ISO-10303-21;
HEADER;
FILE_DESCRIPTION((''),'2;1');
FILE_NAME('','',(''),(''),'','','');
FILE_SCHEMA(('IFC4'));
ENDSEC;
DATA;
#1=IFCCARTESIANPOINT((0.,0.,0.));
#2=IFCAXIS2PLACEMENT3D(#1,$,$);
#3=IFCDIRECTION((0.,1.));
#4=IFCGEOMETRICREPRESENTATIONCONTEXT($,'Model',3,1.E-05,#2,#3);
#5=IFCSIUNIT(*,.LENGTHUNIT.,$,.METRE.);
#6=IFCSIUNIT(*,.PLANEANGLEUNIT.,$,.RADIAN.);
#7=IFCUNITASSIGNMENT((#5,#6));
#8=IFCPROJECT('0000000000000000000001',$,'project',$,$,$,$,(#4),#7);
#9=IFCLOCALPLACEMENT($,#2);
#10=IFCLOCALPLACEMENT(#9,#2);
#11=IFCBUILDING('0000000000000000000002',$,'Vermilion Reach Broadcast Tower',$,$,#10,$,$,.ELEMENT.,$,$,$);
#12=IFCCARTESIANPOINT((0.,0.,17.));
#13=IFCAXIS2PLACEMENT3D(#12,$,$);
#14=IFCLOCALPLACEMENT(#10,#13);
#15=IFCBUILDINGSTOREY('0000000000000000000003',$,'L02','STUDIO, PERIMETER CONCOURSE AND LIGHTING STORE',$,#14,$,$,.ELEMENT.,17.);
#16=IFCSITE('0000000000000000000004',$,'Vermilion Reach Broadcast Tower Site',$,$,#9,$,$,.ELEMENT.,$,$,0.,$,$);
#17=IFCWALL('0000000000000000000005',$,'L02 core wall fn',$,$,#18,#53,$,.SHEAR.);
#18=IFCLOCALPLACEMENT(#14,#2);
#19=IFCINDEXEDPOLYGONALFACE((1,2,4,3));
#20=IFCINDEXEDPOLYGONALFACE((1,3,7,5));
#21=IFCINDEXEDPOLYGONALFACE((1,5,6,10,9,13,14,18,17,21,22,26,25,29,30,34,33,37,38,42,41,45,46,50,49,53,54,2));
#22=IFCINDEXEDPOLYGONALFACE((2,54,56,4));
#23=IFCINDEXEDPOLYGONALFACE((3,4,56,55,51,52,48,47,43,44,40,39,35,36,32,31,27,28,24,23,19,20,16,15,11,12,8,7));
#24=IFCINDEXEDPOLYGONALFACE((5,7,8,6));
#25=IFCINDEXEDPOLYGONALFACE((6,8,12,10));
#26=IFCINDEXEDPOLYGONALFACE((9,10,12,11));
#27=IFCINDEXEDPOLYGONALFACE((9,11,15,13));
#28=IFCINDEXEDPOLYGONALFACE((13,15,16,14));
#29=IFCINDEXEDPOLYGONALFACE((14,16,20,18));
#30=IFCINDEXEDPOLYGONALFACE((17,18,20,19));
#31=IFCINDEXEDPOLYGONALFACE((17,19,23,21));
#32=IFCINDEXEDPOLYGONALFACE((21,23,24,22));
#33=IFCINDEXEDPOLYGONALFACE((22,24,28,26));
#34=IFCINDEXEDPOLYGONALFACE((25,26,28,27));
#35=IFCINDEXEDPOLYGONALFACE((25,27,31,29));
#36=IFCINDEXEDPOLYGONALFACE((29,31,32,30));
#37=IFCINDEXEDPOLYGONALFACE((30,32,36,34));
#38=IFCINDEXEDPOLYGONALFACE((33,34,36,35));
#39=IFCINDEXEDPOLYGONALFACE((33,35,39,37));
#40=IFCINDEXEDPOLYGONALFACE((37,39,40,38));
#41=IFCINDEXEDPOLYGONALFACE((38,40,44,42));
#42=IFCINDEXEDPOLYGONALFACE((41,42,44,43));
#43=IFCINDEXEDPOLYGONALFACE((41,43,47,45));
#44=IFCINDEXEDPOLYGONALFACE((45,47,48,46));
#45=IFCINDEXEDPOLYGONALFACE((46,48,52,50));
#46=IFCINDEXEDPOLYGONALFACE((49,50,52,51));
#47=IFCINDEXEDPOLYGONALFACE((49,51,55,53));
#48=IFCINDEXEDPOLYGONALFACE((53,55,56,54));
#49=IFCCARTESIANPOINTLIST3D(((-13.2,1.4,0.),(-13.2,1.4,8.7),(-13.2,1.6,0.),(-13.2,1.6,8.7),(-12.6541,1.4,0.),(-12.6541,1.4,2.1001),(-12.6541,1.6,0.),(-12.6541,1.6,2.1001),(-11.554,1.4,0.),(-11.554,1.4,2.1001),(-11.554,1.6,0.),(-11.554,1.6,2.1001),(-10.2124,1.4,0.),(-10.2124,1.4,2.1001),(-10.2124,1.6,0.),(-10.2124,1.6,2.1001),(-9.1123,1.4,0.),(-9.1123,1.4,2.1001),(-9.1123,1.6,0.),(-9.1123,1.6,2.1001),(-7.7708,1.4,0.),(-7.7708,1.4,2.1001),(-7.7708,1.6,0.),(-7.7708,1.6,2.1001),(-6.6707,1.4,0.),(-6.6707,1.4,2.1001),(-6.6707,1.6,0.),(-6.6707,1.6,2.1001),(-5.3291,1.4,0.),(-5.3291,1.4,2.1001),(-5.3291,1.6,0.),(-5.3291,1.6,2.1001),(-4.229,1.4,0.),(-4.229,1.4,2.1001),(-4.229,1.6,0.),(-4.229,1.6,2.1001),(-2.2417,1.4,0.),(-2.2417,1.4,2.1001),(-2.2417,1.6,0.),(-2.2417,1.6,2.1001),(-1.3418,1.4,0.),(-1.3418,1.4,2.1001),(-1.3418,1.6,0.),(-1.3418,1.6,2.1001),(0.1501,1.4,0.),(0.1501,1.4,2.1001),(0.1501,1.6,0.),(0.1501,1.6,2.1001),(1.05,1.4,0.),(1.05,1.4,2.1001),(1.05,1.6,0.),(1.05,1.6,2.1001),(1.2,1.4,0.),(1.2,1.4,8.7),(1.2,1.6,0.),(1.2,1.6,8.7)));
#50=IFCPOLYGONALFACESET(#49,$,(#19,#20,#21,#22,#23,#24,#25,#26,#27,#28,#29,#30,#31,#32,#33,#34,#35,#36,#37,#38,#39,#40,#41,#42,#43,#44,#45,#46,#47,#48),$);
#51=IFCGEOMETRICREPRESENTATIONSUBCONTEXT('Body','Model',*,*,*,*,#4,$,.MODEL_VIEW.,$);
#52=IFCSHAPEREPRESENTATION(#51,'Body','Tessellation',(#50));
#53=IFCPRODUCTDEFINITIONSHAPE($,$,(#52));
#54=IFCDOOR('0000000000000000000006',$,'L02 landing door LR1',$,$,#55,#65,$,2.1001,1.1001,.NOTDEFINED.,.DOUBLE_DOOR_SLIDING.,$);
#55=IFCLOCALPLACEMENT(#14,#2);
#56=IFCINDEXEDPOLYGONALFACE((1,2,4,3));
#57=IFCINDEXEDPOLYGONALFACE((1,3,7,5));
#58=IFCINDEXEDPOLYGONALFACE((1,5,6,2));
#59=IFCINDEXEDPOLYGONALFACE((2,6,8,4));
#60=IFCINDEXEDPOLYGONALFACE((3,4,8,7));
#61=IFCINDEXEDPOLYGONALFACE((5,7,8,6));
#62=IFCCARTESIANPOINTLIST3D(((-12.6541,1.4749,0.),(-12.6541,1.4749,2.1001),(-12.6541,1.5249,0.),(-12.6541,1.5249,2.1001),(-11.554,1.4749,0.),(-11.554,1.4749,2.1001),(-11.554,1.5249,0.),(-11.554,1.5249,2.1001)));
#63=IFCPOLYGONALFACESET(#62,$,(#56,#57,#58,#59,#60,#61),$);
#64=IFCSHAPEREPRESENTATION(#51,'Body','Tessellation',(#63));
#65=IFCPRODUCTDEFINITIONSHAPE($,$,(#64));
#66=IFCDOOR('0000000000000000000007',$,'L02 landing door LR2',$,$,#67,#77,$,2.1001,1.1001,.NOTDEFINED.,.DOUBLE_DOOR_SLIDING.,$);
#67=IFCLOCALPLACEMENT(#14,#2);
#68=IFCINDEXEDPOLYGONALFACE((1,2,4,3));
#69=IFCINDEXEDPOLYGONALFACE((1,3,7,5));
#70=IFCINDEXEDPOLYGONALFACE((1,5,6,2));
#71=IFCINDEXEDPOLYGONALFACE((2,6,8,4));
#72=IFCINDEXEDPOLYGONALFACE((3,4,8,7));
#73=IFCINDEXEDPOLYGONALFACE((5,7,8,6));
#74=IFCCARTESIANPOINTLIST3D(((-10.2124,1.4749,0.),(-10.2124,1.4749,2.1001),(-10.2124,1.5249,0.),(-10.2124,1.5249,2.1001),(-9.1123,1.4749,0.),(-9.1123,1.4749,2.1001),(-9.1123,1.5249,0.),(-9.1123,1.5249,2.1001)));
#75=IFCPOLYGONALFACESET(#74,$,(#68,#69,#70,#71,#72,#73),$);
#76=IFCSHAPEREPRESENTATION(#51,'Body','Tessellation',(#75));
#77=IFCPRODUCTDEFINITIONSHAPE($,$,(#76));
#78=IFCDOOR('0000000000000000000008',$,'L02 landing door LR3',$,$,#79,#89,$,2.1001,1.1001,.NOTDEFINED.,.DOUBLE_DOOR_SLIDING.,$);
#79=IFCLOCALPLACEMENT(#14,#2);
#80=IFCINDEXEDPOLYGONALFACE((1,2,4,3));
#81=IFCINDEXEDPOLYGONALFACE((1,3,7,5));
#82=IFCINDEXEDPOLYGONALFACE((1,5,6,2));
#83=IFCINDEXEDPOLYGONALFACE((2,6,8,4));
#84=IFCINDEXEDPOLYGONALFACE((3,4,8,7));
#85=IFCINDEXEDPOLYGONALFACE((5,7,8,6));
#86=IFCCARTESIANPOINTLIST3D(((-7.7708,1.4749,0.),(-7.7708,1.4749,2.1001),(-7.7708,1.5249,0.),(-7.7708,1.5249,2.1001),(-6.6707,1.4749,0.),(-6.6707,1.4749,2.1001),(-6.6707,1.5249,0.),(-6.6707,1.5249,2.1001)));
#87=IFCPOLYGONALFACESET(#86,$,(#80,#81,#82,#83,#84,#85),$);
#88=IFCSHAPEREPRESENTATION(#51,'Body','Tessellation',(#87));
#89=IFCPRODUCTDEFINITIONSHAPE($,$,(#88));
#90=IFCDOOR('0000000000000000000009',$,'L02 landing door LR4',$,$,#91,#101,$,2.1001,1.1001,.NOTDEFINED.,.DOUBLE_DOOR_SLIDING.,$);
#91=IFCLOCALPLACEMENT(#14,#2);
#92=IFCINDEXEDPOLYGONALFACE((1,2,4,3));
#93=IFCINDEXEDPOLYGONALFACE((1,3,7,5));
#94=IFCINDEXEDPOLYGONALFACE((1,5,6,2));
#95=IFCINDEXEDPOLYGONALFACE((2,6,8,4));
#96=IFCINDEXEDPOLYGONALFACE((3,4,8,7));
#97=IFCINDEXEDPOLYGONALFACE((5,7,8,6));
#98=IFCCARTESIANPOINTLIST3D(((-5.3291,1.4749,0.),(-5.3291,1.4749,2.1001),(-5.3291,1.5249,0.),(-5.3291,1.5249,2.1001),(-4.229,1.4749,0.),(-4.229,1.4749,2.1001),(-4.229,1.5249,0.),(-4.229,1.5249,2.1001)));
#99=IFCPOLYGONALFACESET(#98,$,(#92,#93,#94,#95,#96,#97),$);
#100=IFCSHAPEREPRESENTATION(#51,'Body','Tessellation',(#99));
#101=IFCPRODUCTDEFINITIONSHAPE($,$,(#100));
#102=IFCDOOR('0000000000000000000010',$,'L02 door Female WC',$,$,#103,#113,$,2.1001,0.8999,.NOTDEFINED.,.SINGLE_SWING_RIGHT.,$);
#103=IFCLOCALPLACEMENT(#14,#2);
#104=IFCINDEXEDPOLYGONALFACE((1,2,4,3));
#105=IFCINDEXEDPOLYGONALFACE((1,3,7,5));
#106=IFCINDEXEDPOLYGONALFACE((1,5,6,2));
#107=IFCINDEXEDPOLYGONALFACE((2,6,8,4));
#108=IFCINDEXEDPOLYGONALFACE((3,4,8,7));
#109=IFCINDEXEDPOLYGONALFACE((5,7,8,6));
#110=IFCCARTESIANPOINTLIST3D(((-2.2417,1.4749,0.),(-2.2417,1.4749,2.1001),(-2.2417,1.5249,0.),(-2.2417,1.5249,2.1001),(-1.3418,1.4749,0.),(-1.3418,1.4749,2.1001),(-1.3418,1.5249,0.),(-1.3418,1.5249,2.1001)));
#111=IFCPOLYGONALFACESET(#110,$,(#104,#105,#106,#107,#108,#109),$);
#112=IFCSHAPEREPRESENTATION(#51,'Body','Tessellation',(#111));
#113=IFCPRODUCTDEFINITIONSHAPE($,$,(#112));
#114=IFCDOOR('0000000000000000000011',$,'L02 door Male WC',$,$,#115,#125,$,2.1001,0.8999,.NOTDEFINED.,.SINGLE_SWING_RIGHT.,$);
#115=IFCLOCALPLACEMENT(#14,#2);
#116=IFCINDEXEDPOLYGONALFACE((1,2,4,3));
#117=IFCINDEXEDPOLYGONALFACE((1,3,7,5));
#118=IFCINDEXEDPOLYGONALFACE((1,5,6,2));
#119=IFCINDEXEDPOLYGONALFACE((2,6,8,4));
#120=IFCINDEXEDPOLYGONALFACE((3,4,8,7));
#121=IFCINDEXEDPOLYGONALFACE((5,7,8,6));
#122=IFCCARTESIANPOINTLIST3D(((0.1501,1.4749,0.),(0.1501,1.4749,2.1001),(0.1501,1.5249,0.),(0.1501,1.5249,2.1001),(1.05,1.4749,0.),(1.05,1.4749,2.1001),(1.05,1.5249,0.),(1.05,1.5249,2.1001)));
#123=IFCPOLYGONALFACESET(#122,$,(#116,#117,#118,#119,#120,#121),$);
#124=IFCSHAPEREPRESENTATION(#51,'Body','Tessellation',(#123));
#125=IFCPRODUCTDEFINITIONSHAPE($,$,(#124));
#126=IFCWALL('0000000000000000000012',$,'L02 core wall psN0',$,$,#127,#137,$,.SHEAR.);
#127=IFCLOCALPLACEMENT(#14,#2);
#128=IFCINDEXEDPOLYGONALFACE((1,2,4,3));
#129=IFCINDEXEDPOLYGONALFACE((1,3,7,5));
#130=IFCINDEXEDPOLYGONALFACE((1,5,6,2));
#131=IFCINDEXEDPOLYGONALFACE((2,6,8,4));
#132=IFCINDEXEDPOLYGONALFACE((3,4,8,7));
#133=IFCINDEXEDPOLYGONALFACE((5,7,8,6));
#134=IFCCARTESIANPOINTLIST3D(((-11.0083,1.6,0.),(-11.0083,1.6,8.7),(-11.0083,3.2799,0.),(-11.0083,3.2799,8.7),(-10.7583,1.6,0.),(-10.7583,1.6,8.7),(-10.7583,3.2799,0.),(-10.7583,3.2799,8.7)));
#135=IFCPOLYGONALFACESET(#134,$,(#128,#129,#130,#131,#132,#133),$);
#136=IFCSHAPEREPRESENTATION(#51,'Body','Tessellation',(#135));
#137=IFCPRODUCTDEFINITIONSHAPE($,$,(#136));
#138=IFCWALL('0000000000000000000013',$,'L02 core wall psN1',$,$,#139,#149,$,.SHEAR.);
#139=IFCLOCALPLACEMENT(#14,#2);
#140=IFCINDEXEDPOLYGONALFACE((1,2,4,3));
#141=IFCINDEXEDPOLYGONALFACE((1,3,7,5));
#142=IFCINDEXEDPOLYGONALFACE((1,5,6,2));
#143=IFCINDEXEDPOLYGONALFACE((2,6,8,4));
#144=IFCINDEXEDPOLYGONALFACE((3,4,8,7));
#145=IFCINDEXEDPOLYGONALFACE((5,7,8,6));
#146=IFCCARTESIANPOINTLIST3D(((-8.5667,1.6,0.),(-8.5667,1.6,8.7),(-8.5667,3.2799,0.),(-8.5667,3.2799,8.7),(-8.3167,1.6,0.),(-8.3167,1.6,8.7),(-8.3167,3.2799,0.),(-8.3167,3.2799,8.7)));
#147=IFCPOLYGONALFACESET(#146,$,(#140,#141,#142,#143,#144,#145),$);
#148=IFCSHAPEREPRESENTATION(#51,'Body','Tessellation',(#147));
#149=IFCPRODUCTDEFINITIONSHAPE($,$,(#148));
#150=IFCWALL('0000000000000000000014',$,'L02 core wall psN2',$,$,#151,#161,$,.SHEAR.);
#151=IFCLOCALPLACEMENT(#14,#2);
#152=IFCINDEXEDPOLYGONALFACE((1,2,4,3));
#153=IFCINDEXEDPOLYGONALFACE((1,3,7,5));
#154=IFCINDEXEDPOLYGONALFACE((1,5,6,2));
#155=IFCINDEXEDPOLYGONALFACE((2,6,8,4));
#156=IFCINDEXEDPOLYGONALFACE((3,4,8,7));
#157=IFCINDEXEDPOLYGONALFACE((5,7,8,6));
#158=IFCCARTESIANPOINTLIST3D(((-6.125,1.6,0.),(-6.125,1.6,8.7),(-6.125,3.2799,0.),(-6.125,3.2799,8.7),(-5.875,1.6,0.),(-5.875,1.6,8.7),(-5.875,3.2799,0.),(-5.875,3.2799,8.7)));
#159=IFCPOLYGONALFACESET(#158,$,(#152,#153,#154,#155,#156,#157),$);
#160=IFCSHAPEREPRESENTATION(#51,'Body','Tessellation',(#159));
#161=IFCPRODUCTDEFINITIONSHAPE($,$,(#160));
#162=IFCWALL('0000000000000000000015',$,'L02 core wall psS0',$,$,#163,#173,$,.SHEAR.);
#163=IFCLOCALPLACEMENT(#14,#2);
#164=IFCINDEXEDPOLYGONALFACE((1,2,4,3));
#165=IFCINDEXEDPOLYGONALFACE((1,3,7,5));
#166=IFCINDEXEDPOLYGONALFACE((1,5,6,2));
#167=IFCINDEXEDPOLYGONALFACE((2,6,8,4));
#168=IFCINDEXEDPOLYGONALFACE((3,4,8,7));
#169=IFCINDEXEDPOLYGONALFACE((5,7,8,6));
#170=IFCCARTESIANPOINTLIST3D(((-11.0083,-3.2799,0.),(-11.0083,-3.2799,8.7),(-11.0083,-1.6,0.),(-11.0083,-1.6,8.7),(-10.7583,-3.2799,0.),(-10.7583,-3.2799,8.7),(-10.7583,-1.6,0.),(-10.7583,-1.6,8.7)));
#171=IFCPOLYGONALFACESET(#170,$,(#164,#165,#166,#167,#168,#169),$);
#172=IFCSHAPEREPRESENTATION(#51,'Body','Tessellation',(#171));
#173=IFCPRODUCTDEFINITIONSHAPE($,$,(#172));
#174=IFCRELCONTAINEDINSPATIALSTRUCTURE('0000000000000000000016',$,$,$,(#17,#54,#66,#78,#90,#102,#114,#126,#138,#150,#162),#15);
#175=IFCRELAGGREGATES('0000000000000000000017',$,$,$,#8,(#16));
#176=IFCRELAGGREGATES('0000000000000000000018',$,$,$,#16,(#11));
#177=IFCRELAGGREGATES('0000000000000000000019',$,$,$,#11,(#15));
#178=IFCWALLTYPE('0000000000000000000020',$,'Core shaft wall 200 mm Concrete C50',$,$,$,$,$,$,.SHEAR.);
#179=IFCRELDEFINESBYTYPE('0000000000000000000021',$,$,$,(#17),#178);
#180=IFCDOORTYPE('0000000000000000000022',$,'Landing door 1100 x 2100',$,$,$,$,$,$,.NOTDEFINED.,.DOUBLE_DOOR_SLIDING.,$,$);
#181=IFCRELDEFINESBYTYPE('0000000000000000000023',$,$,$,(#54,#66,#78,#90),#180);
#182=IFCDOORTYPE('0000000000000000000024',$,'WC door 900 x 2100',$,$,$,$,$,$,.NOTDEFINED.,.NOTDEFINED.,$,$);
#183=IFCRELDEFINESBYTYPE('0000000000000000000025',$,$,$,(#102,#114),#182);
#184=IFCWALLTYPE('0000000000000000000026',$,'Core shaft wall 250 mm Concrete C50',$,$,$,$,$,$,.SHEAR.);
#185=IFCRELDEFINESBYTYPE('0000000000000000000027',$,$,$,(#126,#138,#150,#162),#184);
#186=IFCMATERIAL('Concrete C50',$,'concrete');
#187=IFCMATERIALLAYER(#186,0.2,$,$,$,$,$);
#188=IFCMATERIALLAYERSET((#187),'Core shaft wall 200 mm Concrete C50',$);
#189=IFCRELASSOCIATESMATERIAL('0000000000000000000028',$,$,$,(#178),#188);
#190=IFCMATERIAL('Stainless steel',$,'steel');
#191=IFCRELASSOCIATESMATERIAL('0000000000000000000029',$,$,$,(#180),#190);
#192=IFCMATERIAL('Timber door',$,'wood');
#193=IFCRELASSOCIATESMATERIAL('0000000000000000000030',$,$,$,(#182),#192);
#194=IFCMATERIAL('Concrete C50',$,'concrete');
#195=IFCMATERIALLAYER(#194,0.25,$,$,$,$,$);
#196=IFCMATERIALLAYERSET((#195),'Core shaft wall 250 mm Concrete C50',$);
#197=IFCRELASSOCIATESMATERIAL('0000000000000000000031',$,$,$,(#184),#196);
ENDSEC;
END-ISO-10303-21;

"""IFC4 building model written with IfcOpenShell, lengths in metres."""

from ifc_helpers import new_model, si_unit, direction, frame, frame_2d, origin, place, context, subcontext, project, spatial, rectangle, extrude, material, layer, layer_set, type_object, element, fill, save


model = new_model("IFC4")

# Units and contexts
model_context = context("Model", 3, precision=1e-05, world=origin(), true_north=direction((0.0, 1.0)))
body_context = subcontext(model_context, "Body", "Model", "MODEL_VIEW")
ifc_project = project(units=[si_unit("LENGTHUNIT", "METRE"), si_unit("PLANEANGLEUNIT", "RADIAN")], contexts=[model_context])

# Site, building, storey
site_placement = place(None, origin())
site = spatial("IfcSite", under=ifc_project, at=site_placement, Name="Vermilion Reach Broadcast Tower Site", CompositionType="ELEMENT", RefElevation=0.0)
building_placement = place(site_placement, origin())
building = spatial("IfcBuilding", under=site, at=building_placement, Name="Vermilion Reach Broadcast Tower", CompositionType="ELEMENT")
storey_placement = place(building_placement, frame((0.0, 0.0, 17.0)))
storey = spatial("IfcBuildingStorey", under=building, at=storey_placement, Name="L02", Description="STUDIO, PERIMETER CONCOURSE AND LIGHTING STORE", CompositionType="ELEMENT", Elevation=17.0)

# Wall, openings, doors
ifc_material_1 = material(Name="Concrete C50", Category="concrete")
ifc_layer_1 = layer(ifc_material_1, 0.2)
ifc_layer_set_1 = layer_set([ifc_layer_1], Name="Core shaft wall 200 mm Concrete C50")
wall_type_1 = type_object("IfcWallType", Name="Core shaft wall 200 mm Concrete C50", PredefinedType="SHEAR", material=ifc_layer_set_1)
wall_1_placement = place(storey_placement, frame((-13.2, 1.5, 0.0), z_axis=(0.0, 0.0, 1.0), x_axis=(1.0, 0.0, 0.0)))
wall_1 = element("IfcWall", 1, at=wall_1_placement, inside=storey, type_object=wall_type_1, Name="L02 core wall fn", PredefinedType="SHEAR", context=body_context, shape_type="SweptSolid", body=[
    extrude(rectangle(XDim=14.3999, YDim=0.2, at=frame_2d((7.2, 0.0))), origin(), (0.0, 0.0, 1.0), 8.7),
])
opening_1_placement = place(wall_1_placement, frame((0.5459, 0.0, 0.0)))
opening_1 = element("IfcOpeningElement", 2, at=opening_1_placement, cuts=wall_1, PredefinedType="OPENING", context=body_context, shape_type="SweptSolid", body=[
    extrude(rectangle(XDim=1.1001, YDim=2.1001, at=frame_2d((0.55, 1.05))), frame((0.0, 0.1099, 0.0), z_axis=(0.0, -1.0, 0.0), x_axis=(1.0, 0.0, 0.0)), (0.0, 0.0, 1.0), 0.22),
])
opening_2_placement = place(wall_1_placement, frame((2.9875, 0.0, 0.0)))
opening_2 = element("IfcOpeningElement", 3, at=opening_2_placement, cuts=wall_1, PredefinedType="OPENING", context=body_context, shape_type="SweptSolid", body=[
    extrude(rectangle(XDim=1.1001, YDim=2.1001, at=frame_2d((0.55, 1.05))), frame((0.0, 0.1099, 0.0), z_axis=(0.0, -1.0, 0.0), x_axis=(1.0, 0.0, 0.0)), (0.0, 0.0, 1.0), 0.22),
])
opening_3_placement = place(wall_1_placement, frame((5.4292, 0.0, 0.0)))
opening_3 = element("IfcOpeningElement", 4, at=opening_3_placement, cuts=wall_1, PredefinedType="OPENING", context=body_context, shape_type="SweptSolid", body=[
    extrude(rectangle(XDim=1.1001, YDim=2.1001, at=frame_2d((0.55, 1.05))), frame((0.0, 0.1099, 0.0), z_axis=(0.0, -1.0, 0.0), x_axis=(1.0, 0.0, 0.0)), (0.0, 0.0, 1.0), 0.22),
])
opening_4_placement = place(wall_1_placement, frame((7.8708, 0.0, 0.0)))
opening_4 = element("IfcOpeningElement", 5, at=opening_4_placement, cuts=wall_1, PredefinedType="OPENING", context=body_context, shape_type="SweptSolid", body=[
    extrude(rectangle(XDim=1.1001, YDim=2.1001, at=frame_2d((0.55, 1.05))), frame((0.0, 0.1099, 0.0), z_axis=(0.0, -1.0, 0.0), x_axis=(1.0, 0.0, 0.0)), (0.0, 0.0, 1.0), 0.22),
])
opening_5_placement = place(wall_1_placement, frame((10.9583, 0.0, 0.0)))
opening_5 = element("IfcOpeningElement", 6, at=opening_5_placement, cuts=wall_1, PredefinedType="OPENING", context=body_context, shape_type="SweptSolid", body=[
    extrude(rectangle(XDim=0.8999, YDim=2.1001, at=frame_2d((0.45, 1.05))), frame((0.0, 0.1099, 0.0), z_axis=(0.0, -1.0, 0.0), x_axis=(1.0, 0.0, 0.0)), (0.0, 0.0, 1.0), 0.22),
])
opening_6_placement = place(wall_1_placement, frame((13.3501, 0.0, 0.0)))
opening_6 = element("IfcOpeningElement", 7, at=opening_6_placement, cuts=wall_1, PredefinedType="OPENING", context=body_context, shape_type="SweptSolid", body=[
    extrude(rectangle(XDim=0.8999, YDim=2.1001, at=frame_2d((0.45, 1.05))), frame((0.0, 0.1099, 0.0), z_axis=(0.0, -1.0, 0.0), x_axis=(1.0, 0.0, 0.0)), (0.0, 0.0, 1.0), 0.22),
])
ifc_material_2 = material(Name="Stainless steel", Category="steel")
door_type_1 = type_object("IfcDoorType", Name="Landing door 1100 x 2100", OperationType="DOUBLE_DOOR_SLIDING", PredefinedType="NOTDEFINED", material=ifc_material_2)
door_1_placement = place(opening_1_placement, origin())
door_1 = element("IfcDoor", 8, at=door_1_placement, inside=storey, type_object=door_type_1, Name="L02 landing door LR1", OperationType="DOUBLE_DOOR_SLIDING", OverallHeight=2.1001, OverallWidth=1.1001, PredefinedType="NOTDEFINED", context=body_context, shape_type="SweptSolid", body=[
    extrude(rectangle(XDim=1.1001, YDim=2.1001, at=frame_2d((0.55, 1.05))), frame((0.0, 0.0249, 0.0), z_axis=(0.0, -1.0, 0.0), x_axis=(1.0, 0.0, 0.0)), (0.0, 0.0, 1.0), 0.05),
])
fill(opening_1, door_1)
door_2_placement = place(opening_2_placement, origin())
door_2 = element("IfcDoor", 9, at=door_2_placement, inside=storey, type_object=door_type_1, Name="L02 landing door LR2", OperationType="DOUBLE_DOOR_SLIDING", OverallHeight=2.1001, OverallWidth=1.1001, PredefinedType="NOTDEFINED", context=body_context, shape_type="SweptSolid", body=[
    extrude(rectangle(XDim=1.1001, YDim=2.1001, at=frame_2d((0.55, 1.05))), frame((0.0, 0.0249, 0.0), z_axis=(0.0, -1.0, 0.0), x_axis=(1.0, 0.0, 0.0)), (0.0, 0.0, 1.0), 0.05),
])
fill(opening_2, door_2)
door_3_placement = place(opening_3_placement, origin())
door_3 = element("IfcDoor", 10, at=door_3_placement, inside=storey, type_object=door_type_1, Name="L02 landing door LR3", OperationType="DOUBLE_DOOR_SLIDING", OverallHeight=2.1001, OverallWidth=1.1001, PredefinedType="NOTDEFINED", context=body_context, shape_type="SweptSolid", body=[
    extrude(rectangle(XDim=1.1001, YDim=2.1001, at=frame_2d((0.55, 1.05))), frame((0.0, 0.0249, 0.0), z_axis=(0.0, -1.0, 0.0), x_axis=(1.0, 0.0, 0.0)), (0.0, 0.0, 1.0), 0.05),
])
fill(opening_3, door_3)
door_4_placement = place(opening_4_placement, origin())
door_4 = element("IfcDoor", 11, at=door_4_placement, inside=storey, type_object=door_type_1, Name="L02 landing door LR4", OperationType="DOUBLE_DOOR_SLIDING", OverallHeight=2.1001, OverallWidth=1.1001, PredefinedType="NOTDEFINED", context=body_context, shape_type="SweptSolid", body=[
    extrude(rectangle(XDim=1.1001, YDim=2.1001, at=frame_2d((0.55, 1.05))), frame((0.0, 0.0249, 0.0), z_axis=(0.0, -1.0, 0.0), x_axis=(1.0, 0.0, 0.0)), (0.0, 0.0, 1.0), 0.05),
])
fill(opening_4, door_4)
ifc_material_3 = material(Name="Timber door", Category="wood")
door_type_2 = type_object("IfcDoorType", Name="WC door 900 x 2100", OperationType="NOTDEFINED", PredefinedType="NOTDEFINED", material=ifc_material_3)
door_5_placement = place(opening_5_placement, origin())
door_5 = element("IfcDoor", 12, at=door_5_placement, inside=storey, type_object=door_type_2, Name="L02 door Female WC", OperationType="SINGLE_SWING_RIGHT", OverallHeight=2.1001, OverallWidth=0.8999, PredefinedType="NOTDEFINED", context=body_context, shape_type="SweptSolid", body=[
    extrude(rectangle(XDim=0.8999, YDim=2.1001, at=frame_2d((0.45, 1.05))), frame((0.0, 0.0249, 0.0), z_axis=(0.0, -1.0, 0.0), x_axis=(1.0, 0.0, 0.0)), (0.0, 0.0, 1.0), 0.05),
])
fill(opening_5, door_5)
door_6_placement = place(opening_6_placement, origin())
door_6 = element("IfcDoor", 13, at=door_6_placement, inside=storey, type_object=door_type_2, Name="L02 door Male WC", OperationType="SINGLE_SWING_RIGHT", OverallHeight=2.1001, OverallWidth=0.8999, PredefinedType="NOTDEFINED", context=body_context, shape_type="SweptSolid", body=[
    extrude(rectangle(XDim=0.8999, YDim=2.1001, at=frame_2d((0.45, 1.05))), frame((0.0, 0.0249, 0.0), z_axis=(0.0, -1.0, 0.0), x_axis=(1.0, 0.0, 0.0)), (0.0, 0.0, 1.0), 0.05),
])
fill(opening_6, door_6)

# Walls
ifc_material_4 = material(Name="Concrete C50", Category="concrete")
ifc_layer_2 = layer(ifc_material_4, 0.25)
ifc_layer_set_2 = layer_set([ifc_layer_2], Name="Core shaft wall 250 mm Concrete C50")
wall_type_2 = type_object("IfcWallType", Name="Core shaft wall 250 mm Concrete C50", PredefinedType="SHEAR", material=ifc_layer_set_2)
for number, where, z_axis, x_axis, name in (
    (14, (-10.8833, 1.6001, 0.0), (0.0, 0.0, 1.0), (0.0, 1.0, 0.0), "L02 core wall psN0"),
    (15, (-8.4417, 1.6001, 0.0), (0.0, 0.0, 1.0), (0.0, 1.0, 0.0), "L02 core wall psN1"),
    (16, (-6.0, 1.6001, 0.0), (0.0, 0.0, 1.0), (0.0, 1.0, 0.0), "L02 core wall psN2"),
    (17, (-10.8833, -1.6001, 0.0), (0.0, 0.0, 1.0), (0.0, -1.0, 0.0), "L02 core wall psS0"),
):
    element("IfcWall", number, at=place(storey_placement, frame(where, z_axis=z_axis, x_axis=x_axis)), inside=storey, type_object=wall_type_2, Name=name, PredefinedType="SHEAR", context=body_context, shape_type="SweptSolid", body=[
        extrude(rectangle(XDim=1.6799, YDim=0.25, at=frame_2d((0.8398, 0.0))), origin(), (0.0, 0.0, 1.0), 8.7),
    ])

save(model, "model.ifc")
